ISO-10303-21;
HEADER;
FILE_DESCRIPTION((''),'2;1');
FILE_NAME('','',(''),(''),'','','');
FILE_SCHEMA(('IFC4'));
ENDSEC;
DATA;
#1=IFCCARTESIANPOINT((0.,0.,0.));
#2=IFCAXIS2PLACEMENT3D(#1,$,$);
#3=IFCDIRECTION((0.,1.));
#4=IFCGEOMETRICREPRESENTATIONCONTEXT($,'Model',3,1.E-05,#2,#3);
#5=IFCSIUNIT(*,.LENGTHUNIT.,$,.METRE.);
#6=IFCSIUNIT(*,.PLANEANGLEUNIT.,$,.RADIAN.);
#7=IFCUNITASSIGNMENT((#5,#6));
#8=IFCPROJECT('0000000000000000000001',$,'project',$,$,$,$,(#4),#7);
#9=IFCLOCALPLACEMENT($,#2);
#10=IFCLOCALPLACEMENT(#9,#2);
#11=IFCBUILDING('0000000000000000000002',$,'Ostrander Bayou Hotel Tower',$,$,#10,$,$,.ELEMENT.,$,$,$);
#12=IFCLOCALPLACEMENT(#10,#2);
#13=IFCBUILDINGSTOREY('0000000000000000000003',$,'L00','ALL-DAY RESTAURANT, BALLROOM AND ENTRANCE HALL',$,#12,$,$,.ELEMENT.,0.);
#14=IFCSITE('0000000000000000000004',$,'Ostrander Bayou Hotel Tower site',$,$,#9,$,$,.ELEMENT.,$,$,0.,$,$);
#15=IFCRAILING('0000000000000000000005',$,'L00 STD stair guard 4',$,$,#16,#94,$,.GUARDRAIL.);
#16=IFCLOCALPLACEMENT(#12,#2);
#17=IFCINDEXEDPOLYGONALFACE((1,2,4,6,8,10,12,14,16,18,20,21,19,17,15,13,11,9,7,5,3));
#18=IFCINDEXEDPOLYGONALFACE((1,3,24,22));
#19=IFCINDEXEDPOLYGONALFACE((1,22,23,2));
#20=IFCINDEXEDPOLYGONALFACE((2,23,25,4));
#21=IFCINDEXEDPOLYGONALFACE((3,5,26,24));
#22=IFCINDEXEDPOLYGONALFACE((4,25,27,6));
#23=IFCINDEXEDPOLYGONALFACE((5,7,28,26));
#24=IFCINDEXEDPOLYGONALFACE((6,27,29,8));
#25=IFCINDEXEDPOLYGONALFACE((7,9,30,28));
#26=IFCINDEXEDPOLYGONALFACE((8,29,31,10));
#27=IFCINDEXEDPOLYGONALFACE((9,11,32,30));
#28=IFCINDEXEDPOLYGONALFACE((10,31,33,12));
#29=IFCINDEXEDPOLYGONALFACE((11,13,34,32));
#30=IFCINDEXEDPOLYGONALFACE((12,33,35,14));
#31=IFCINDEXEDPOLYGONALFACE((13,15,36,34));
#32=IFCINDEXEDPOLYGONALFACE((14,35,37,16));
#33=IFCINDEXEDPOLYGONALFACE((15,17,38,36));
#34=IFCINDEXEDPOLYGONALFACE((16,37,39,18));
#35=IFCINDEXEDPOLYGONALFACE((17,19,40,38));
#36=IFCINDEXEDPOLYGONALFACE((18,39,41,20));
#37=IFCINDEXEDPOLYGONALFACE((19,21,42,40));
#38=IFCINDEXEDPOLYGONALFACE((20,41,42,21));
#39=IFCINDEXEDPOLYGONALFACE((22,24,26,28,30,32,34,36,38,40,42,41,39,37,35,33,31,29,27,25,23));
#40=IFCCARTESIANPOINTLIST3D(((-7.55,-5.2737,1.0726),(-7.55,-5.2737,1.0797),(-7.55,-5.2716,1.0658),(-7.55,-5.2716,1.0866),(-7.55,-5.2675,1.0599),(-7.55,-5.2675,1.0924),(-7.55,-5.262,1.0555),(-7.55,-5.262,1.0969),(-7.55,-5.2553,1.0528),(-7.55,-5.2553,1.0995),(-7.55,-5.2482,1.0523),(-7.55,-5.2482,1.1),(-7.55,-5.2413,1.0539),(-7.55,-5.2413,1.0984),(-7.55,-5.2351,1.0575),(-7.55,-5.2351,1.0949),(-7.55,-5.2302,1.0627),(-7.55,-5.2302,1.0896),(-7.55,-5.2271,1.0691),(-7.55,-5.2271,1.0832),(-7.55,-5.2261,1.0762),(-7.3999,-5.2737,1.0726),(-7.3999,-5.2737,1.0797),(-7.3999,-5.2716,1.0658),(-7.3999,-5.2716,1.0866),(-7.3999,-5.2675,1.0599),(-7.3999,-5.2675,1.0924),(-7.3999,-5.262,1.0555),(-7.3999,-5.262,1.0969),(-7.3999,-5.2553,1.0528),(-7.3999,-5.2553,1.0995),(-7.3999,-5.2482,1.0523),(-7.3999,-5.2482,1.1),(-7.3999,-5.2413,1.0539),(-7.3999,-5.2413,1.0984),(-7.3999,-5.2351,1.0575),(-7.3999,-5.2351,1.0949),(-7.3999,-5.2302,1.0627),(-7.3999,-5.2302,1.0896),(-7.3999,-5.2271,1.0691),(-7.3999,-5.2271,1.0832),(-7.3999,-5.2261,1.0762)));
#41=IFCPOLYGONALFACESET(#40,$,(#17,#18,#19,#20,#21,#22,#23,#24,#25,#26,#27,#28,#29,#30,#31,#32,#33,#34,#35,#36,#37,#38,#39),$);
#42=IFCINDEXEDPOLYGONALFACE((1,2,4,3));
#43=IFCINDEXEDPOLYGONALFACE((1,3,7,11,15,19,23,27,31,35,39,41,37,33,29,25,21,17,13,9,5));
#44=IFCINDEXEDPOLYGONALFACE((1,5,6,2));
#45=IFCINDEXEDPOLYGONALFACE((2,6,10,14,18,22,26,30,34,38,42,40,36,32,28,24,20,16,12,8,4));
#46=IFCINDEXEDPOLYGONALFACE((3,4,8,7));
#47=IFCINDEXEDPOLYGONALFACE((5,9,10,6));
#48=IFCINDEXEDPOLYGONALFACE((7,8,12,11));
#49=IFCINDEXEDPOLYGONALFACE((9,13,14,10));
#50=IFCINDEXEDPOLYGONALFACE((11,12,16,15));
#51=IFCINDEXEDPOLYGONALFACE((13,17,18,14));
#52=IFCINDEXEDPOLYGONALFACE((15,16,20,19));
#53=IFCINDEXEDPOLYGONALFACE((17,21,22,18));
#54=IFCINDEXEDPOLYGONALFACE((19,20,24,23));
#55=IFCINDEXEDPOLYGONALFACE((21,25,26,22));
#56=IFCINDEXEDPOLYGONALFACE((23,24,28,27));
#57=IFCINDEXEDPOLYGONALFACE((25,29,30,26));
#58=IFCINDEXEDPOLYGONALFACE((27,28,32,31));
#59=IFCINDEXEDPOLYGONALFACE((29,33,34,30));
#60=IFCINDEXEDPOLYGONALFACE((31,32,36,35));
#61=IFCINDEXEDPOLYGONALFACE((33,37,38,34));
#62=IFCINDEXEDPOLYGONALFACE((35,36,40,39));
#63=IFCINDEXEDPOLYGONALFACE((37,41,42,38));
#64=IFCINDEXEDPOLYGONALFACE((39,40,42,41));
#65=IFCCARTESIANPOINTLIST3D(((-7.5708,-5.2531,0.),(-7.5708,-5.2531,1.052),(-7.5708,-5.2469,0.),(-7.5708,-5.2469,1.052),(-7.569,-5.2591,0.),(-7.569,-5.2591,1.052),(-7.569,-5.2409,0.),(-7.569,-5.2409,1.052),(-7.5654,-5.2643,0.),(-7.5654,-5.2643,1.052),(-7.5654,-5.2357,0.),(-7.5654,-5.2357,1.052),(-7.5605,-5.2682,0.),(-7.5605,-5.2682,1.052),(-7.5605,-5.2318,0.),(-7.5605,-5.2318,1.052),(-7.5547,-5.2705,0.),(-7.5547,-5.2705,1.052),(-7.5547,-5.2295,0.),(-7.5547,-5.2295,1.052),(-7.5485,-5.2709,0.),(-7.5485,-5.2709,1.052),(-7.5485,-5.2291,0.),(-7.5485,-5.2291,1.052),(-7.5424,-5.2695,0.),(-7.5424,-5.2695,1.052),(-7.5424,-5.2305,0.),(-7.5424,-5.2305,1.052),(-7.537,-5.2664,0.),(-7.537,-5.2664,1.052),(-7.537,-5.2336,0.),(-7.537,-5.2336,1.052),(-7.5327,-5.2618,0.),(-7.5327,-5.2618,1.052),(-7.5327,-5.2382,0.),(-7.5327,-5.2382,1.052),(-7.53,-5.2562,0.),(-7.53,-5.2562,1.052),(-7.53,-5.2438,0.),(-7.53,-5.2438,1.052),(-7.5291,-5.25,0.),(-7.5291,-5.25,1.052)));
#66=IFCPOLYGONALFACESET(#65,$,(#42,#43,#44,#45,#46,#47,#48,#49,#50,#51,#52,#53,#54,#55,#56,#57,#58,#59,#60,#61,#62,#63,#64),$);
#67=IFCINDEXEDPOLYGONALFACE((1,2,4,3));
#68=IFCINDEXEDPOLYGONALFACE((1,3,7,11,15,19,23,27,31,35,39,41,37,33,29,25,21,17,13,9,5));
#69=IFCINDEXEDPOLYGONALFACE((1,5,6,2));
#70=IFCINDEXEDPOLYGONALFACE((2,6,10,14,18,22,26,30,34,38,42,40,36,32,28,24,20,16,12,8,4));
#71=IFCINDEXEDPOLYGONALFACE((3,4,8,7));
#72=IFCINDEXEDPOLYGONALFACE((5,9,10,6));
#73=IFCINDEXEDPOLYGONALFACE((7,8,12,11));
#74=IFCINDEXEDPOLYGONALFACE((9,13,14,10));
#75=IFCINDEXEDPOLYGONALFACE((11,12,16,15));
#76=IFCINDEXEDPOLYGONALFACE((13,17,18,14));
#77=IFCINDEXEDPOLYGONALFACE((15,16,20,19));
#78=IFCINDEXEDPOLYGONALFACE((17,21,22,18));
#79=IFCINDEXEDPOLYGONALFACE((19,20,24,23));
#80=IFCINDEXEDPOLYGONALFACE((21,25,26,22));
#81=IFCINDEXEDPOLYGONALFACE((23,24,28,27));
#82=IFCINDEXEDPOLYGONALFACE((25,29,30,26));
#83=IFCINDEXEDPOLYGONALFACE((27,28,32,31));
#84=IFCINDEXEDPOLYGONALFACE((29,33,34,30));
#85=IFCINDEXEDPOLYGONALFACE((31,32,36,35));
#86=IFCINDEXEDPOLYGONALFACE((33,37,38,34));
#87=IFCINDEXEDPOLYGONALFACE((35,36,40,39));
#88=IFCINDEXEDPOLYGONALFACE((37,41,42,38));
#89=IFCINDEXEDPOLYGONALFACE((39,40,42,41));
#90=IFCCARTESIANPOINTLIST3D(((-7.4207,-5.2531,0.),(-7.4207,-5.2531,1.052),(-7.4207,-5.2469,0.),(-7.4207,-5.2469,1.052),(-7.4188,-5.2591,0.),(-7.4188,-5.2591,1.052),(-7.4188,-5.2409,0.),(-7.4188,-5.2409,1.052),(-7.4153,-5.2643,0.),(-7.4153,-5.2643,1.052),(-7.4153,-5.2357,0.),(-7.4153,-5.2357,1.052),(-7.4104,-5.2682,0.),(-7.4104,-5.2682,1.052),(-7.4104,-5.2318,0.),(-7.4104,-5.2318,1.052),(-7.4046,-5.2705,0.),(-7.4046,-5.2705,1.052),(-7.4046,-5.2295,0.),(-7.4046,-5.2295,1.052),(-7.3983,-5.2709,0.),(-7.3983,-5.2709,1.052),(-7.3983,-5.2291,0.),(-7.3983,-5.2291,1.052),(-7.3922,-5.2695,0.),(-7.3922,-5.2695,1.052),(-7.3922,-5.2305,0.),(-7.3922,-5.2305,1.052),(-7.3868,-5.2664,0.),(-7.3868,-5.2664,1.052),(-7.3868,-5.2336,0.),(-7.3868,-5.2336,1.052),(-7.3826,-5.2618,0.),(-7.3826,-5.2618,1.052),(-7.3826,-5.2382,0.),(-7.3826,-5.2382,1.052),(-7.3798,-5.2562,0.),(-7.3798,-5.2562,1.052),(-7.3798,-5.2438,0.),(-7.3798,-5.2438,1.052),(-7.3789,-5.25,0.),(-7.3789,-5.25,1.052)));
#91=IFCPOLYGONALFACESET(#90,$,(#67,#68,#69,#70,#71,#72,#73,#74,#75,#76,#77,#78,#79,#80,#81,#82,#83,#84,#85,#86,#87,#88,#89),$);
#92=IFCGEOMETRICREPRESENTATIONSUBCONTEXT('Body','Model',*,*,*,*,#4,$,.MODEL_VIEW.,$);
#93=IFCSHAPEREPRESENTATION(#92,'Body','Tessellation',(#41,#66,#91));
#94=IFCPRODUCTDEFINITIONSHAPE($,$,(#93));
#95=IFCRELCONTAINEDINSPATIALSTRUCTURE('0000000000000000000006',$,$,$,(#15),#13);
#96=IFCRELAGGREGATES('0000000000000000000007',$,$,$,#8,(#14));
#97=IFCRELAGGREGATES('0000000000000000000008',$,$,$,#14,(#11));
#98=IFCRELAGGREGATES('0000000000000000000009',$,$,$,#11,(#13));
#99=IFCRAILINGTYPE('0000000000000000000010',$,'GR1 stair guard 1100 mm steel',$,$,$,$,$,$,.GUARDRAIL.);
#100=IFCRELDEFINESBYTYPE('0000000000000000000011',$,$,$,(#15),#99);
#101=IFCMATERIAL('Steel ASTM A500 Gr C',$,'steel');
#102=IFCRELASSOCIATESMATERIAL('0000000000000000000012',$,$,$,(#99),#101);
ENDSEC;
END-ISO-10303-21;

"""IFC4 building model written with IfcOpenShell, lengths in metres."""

from ifc_helpers import new_model, si_unit, direction, frame, origin, origin_2d, place, context, subcontext, project, spatial, circle, extrude, material, type_object, element, save


model = new_model("IFC4")

# Units and contexts
model_context = context("Model", 3, precision=1e-05, world=origin(), true_north=direction((0.0, 1.0)))
body_context = subcontext(model_context, "Body", "Model", "MODEL_VIEW")
ifc_project = project(units=[si_unit("LENGTHUNIT", "METRE"), si_unit("PLANEANGLEUNIT", "RADIAN")], contexts=[model_context])

# Site, building, storey
site_placement = place(None, origin())
site = spatial("IfcSite", under=ifc_project, at=site_placement, Name="Ostrander Bayou Hotel Tower site", CompositionType="ELEMENT", RefElevation=0.0)
building_placement = place(site_placement, origin())
building = spatial("IfcBuilding", under=site, at=building_placement, Name="Ostrander Bayou Hotel Tower", CompositionType="ELEMENT")
storey_placement = place(building_placement, origin())
storey = spatial("IfcBuildingStorey", under=building, at=storey_placement, Name="L00", Description="ALL-DAY RESTAURANT, BALLROOM AND ENTRANCE HALL", CompositionType="ELEMENT", Elevation=0.0)

# Railing
ifc_material_1 = material(Name="Steel ASTM A500 Gr C", Category="steel")
railing_type_1 = type_object("IfcRailingType", Name="GR1 stair guard 1100 mm steel", PredefinedType="GUARDRAIL", material=ifc_material_1)
railing_1_placement = place(storey_placement, frame((-7.55, -5.25, 0.0)))
element("IfcRailing", 1, at=railing_1_placement, inside=storey, type_object=railing_type_1, Name="L00 STD stair guard 4", PredefinedType="GUARDRAIL", context=body_context, shape_type="SweptSolid", body=[
    extrude(circle(Radius=0.0239, at=origin_2d()), frame((0.0, 0.0, 1.0762), z_axis=(1.0, 0.0, 0.0), x_axis=(0.0, 1.0, 0.0)), (0.0, 0.0, 1.0), 0.1501),
    extrude(circle(Radius=0.021, at=origin_2d()), origin(), (0.0, 0.0, 1.0), 1.052),
    extrude(circle(Radius=0.021, at=origin_2d()), frame((0.1501, 0.0, 0.0)), (0.0, 0.0, 1.0), 1.052),
])

save(model, "model.ifc")
